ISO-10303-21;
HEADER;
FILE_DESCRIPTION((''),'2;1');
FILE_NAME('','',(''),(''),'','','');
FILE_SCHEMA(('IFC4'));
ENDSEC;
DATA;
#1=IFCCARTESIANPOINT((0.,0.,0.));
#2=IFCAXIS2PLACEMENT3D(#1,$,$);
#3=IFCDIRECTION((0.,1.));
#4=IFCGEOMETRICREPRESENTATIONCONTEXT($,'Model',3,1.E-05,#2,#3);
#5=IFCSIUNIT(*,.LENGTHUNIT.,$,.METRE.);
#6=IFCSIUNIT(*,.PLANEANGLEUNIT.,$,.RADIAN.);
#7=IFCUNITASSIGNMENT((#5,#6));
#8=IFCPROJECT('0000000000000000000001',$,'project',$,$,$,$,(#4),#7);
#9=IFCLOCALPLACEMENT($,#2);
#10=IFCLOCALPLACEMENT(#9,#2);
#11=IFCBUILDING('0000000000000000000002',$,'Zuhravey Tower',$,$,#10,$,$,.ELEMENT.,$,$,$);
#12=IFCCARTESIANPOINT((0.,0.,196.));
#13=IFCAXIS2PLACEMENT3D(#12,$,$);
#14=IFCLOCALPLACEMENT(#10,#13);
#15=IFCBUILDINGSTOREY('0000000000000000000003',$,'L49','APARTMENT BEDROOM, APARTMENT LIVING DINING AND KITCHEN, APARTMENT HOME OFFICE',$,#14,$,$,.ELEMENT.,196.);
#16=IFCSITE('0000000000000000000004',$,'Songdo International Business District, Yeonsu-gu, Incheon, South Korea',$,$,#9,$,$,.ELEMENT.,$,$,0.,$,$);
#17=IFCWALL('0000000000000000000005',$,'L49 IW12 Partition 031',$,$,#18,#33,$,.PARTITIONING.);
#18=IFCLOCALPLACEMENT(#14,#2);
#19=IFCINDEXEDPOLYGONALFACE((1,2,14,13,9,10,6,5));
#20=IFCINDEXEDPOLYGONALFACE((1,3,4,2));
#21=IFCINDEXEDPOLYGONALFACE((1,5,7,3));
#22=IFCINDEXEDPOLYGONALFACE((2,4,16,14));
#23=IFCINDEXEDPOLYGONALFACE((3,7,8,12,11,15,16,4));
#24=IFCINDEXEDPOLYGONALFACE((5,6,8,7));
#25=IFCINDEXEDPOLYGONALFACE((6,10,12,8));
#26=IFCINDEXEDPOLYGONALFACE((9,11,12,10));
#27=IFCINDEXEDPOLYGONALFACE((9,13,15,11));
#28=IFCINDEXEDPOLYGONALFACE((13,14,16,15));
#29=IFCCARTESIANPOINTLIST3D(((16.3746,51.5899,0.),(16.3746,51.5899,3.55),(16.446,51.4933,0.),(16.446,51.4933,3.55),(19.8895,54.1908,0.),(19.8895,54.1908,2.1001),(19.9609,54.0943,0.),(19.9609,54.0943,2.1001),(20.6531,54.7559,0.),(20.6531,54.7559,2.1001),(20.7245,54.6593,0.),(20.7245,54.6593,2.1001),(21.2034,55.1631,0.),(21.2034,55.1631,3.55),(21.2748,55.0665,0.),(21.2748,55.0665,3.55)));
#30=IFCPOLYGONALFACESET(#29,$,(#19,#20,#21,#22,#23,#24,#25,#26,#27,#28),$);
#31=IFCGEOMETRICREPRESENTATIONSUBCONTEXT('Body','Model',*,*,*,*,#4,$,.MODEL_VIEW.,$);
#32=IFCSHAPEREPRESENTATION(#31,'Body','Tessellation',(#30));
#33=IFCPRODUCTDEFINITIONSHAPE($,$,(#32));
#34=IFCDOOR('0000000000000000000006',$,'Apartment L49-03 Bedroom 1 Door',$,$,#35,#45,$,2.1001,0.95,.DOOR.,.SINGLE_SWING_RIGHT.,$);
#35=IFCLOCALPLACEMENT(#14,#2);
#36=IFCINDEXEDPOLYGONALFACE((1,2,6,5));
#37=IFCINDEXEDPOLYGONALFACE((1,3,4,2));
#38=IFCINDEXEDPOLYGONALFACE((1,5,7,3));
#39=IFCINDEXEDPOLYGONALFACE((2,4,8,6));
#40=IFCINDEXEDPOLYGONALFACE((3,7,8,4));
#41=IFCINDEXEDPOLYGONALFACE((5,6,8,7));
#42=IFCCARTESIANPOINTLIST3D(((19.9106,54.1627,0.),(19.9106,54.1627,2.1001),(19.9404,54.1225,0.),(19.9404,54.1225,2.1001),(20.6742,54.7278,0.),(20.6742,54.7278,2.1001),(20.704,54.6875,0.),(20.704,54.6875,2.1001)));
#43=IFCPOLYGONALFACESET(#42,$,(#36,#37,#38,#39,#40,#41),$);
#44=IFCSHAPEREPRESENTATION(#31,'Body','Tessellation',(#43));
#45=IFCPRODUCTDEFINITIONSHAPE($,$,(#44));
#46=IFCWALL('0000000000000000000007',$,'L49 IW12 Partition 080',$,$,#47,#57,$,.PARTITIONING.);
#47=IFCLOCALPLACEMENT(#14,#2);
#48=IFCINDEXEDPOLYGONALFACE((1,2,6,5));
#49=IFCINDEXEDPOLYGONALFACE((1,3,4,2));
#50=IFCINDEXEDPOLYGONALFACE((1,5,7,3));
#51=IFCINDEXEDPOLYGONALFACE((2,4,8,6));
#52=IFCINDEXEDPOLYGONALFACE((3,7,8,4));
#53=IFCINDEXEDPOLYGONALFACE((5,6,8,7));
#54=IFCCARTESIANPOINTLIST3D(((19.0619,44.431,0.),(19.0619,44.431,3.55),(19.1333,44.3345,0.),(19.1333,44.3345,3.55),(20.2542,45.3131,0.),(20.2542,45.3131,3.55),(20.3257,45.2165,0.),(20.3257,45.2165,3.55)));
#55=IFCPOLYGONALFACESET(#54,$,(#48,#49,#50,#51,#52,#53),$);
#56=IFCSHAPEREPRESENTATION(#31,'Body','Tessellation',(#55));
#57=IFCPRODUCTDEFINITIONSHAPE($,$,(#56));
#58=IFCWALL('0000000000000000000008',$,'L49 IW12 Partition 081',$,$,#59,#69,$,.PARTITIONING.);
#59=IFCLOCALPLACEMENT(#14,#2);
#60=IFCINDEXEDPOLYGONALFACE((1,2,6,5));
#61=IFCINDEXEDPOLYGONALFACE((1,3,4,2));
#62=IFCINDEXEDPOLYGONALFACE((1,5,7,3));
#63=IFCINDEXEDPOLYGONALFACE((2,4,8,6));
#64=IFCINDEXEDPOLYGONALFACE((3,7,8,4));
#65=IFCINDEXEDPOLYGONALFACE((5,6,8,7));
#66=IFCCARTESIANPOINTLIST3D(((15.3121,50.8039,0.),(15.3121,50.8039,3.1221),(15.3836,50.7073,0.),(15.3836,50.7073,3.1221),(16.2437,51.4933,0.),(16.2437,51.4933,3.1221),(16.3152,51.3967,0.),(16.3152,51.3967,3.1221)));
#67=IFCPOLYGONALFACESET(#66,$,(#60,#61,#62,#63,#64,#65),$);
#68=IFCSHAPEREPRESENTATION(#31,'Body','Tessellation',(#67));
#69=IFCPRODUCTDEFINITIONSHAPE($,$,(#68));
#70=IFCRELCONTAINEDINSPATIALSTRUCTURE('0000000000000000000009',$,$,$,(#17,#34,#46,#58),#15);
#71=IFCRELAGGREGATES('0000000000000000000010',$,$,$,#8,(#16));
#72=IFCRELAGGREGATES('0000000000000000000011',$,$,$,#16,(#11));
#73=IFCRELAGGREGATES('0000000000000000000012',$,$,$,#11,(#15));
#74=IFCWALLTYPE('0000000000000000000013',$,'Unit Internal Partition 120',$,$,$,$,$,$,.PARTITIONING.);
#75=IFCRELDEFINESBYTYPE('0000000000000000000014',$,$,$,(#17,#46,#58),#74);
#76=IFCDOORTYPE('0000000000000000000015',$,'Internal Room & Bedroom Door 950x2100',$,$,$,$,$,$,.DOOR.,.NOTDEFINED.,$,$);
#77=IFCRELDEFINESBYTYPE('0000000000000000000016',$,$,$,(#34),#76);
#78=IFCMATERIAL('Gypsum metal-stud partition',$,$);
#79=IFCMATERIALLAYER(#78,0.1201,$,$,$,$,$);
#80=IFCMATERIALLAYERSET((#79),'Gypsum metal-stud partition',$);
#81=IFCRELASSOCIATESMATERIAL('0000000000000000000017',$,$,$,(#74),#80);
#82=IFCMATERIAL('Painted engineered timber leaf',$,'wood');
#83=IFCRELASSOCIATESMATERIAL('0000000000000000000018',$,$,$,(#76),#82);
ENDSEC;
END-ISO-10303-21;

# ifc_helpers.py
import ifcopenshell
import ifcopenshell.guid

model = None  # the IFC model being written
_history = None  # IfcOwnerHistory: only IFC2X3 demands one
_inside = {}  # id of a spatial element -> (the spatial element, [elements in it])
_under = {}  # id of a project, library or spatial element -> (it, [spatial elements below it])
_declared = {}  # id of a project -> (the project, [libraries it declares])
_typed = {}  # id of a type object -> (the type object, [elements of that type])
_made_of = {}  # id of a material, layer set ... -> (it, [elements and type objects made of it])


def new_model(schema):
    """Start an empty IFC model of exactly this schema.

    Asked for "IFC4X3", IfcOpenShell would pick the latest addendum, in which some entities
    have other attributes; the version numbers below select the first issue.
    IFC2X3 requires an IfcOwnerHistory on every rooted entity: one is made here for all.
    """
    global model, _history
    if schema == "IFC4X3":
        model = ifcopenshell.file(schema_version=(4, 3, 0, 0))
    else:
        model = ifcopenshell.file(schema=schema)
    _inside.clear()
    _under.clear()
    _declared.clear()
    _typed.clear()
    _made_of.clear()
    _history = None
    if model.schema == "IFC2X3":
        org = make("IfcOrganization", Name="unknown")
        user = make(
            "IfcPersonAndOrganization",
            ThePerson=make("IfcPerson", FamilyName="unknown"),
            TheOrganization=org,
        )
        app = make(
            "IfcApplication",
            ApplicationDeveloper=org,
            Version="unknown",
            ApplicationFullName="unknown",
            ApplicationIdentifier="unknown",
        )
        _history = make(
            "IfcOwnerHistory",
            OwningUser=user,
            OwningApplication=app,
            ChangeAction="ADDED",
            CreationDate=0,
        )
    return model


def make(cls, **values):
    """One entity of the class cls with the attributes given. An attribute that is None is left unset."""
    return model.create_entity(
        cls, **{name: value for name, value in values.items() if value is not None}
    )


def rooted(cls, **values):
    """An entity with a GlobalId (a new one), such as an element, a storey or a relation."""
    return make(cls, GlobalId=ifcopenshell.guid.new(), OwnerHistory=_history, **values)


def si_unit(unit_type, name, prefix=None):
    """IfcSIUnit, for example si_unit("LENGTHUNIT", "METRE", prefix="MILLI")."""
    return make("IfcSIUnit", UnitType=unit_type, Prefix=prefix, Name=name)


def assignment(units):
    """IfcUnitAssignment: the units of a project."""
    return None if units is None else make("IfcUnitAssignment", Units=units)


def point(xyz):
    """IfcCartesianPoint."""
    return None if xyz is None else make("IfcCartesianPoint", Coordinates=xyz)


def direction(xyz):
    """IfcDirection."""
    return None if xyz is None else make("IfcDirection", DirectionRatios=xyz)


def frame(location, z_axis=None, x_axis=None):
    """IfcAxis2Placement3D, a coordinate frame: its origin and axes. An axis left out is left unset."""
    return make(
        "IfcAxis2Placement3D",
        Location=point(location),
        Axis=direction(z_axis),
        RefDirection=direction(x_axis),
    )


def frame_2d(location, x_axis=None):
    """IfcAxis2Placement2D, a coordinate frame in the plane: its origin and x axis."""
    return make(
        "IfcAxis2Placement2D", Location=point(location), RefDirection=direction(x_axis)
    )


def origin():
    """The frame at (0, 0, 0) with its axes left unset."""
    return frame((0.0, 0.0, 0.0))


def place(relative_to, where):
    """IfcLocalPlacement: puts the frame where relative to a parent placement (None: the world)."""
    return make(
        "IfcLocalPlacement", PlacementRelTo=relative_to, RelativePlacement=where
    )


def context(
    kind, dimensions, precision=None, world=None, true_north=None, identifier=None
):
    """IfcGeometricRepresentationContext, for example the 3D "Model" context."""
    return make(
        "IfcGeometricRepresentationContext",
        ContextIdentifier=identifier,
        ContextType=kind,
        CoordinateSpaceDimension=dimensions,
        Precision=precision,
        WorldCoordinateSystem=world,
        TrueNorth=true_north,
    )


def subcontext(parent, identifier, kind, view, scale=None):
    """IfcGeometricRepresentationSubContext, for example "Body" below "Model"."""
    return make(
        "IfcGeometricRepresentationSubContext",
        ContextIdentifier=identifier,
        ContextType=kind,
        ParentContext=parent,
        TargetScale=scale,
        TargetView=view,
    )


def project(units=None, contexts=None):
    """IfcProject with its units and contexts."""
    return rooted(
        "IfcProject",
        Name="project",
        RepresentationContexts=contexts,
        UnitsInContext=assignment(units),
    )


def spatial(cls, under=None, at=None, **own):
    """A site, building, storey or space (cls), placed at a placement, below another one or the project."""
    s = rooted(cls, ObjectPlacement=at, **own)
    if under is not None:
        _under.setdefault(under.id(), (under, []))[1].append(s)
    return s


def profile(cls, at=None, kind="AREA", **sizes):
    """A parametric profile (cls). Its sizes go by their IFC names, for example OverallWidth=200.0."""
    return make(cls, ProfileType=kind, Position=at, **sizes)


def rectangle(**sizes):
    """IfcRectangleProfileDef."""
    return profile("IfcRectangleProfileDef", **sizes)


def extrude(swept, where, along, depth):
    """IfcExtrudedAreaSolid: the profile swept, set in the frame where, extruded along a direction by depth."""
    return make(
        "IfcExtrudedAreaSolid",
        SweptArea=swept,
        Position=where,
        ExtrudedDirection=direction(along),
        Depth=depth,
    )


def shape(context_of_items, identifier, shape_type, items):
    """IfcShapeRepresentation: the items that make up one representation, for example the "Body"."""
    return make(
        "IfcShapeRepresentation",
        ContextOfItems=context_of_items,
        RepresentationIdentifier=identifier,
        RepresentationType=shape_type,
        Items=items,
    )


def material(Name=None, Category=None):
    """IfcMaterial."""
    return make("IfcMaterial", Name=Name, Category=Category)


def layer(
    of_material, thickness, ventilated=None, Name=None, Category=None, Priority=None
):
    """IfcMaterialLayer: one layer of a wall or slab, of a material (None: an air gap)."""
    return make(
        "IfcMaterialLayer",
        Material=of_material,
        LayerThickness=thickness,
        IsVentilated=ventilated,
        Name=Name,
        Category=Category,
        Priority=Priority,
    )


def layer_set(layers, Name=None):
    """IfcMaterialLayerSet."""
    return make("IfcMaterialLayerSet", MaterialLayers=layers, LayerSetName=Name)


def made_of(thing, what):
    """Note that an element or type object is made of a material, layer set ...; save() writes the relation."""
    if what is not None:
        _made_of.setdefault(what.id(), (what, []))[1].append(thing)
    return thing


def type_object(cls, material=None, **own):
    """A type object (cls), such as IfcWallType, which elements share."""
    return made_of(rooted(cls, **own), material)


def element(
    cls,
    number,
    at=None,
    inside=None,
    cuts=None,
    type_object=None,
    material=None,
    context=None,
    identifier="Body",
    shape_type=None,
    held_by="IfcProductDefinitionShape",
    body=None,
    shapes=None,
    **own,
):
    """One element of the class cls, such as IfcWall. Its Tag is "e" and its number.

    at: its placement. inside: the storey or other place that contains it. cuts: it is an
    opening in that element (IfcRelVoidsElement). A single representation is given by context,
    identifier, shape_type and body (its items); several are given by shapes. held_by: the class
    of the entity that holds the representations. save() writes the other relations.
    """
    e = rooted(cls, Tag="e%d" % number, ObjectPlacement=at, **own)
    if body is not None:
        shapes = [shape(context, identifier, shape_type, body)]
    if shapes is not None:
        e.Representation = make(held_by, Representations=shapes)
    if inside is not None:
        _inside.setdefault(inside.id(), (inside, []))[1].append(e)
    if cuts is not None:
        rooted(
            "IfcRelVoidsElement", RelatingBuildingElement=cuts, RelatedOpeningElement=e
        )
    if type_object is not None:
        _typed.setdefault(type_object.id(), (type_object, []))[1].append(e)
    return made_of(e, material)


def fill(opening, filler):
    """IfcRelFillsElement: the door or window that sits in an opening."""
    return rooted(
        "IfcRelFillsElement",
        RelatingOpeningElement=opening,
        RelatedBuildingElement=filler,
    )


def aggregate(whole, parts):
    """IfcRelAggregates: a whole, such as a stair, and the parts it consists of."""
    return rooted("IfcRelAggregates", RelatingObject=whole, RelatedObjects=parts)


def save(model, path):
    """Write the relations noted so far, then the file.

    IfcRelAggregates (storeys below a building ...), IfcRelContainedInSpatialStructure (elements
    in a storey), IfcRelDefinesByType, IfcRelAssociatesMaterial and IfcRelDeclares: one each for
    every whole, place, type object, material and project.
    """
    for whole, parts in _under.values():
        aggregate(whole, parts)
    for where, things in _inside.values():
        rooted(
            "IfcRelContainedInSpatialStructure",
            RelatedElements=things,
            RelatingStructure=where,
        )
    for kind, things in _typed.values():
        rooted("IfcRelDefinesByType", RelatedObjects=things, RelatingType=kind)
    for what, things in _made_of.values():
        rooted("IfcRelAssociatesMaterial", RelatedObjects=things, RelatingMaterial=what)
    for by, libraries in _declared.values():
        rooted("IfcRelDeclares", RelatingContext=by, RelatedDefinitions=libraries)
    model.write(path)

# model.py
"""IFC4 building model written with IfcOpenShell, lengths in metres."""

from ifc_helpers import new_model, si_unit, direction, frame, frame_2d, origin, place, context, subcontext, project, spatial, rectangle, extrude, material, layer, layer_set, type_object, element, fill, save


model = new_model("IFC4")

# Units and contexts
model_context = context("Model", 3, precision=1e-05, world=origin(), true_north=direction((0.0, 1.0)))
body_context = subcontext(model_context, "Body", "Model", "MODEL_VIEW")
ifc_project = project(units=[si_unit("LENGTHUNIT", "METRE"), si_unit("PLANEANGLEUNIT", "RADIAN")], contexts=[model_context])

# Site, building, storey
site_placement = place(None, origin())
site = spatial("IfcSite", under=ifc_project, at=site_placement, Name="Songdo International Business District, Yeonsu-gu, Incheon, South Korea", CompositionType="ELEMENT", RefElevation=0.0)
building_placement = place(site_placement, origin())
building = spatial("IfcBuilding", under=site, at=building_placement, Name="Zuhravey Tower", CompositionType="ELEMENT")
storey_placement = place(building_placement, frame((0.0, 0.0, 196.0)))
storey = spatial("IfcBuildingStorey", under=building, at=storey_placement, Name="L49", Description="APARTMENT BEDROOM, APARTMENT LIVING DINING AND KITCHEN, APARTMENT HOME OFFICE", CompositionType="ELEMENT", Elevation=196.0)

# Wall, opening, door
ifc_material_1 = material(Name="Gypsum metal-stud partition")
ifc_layer_1 = layer(ifc_material_1, 0.1201)
ifc_layer_set_1 = layer_set([ifc_layer_1], Name="Gypsum metal-stud partition")
wall_type_1 = type_object("IfcWallType", Name="Unit Internal Partition 120", PredefinedType="PARTITIONING", material=ifc_layer_set_1)
wall_1_placement = place(storey_placement, frame((21.239, 55.1147, 0.0), z_axis=(0.0, 0.0, 1.0), x_axis=(-0.803851, -0.594831, 0.0)))
wall_1 = element("IfcWall", 1, at=wall_1_placement, inside=storey, type_object=wall_type_1, Name="L49 IW12 Partition 031", PredefinedType="PARTITIONING", context=body_context, shape_type="SweptSolid", body=[
    extrude(rectangle(XDim=6.0071, YDim=0.1201, at=frame_2d((3.0034, 0.0))), origin(), (0.0, 0.0, 1.0), 3.55),
])
opening_placement = place(wall_1_placement, frame((0.6843, 0.0, 0.0)))
opening = element("IfcOpeningElement", 2, at=opening_placement, cuts=wall_1, PredefinedType="OPENING", context=body_context, shape_type="SweptSolid", body=[
    extrude(rectangle(XDim=0.95, YDim=2.1001, at=frame_2d((0.4751, 1.05))), frame((0.0, 0.072, 0.0), z_axis=(0.0, -1.0, 0.0), x_axis=(1.0, 0.0, 0.0)), (0.0, 0.0, 1.0), 0.144),
])
ifc_material_2 = material(Name="Painted engineered timber leaf", Category="wood")
door_type = type_object("IfcDoorType", Name="Internal Room & Bedroom Door 950x2100", OperationType="NOTDEFINED", PredefinedType="DOOR", material=ifc_material_2)
door_placement = place(opening_placement, frame((0.95, 0.0, 0.0), z_axis=(0.0, 0.0, 1.0), x_axis=(-1.0, 0.0, 0.0)))
door = element("IfcDoor", 3, at=door_placement, inside=storey, type_object=door_type, Name="Apartment L49-03 Bedroom 1 Door", OperationType="SINGLE_SWING_RIGHT", OverallHeight=2.1001, OverallWidth=0.95, PredefinedType="DOOR", context=body_context, shape_type="SweptSolid", body=[
    extrude(rectangle(XDim=0.95, YDim=2.1001, at=frame_2d((0.4751, 1.05))), frame((0.0, 0.0249, 0.0), z_axis=(0.0, -1.0, 0.0), x_axis=(1.0, 0.0, 0.0)), (0.0, 0.0, 1.0), 0.05),
])
fill(opening, door)

# Walls
wall_2_placement = place(storey_placement, frame((20.29, 45.2649, 0.0), z_axis=(0.0, 0.0, 1.0), x_axis=(-0.803933, -0.59472, 0.0)))
element("IfcWall", 4, at=wall_2_placement, inside=storey, type_object=wall_type_1, Name="L49 IW12 Partition 080", PredefinedType="PARTITIONING", context=body_context, shape_type="SweptSolid", body=[
    extrude(rectangle(XDim=1.4832, YDim=0.1201, at=frame_2d((0.7417, 0.0))), origin(), (0.0, 0.0, 1.0), 3.55),
])
wall_3_placement = place(storey_placement, frame((16.2795, 51.4451, 0.0), z_axis=(0.0, 0.0, 1.0), x_axis=(-0.803826, -0.594865, 0.0)))
element("IfcWall", 5, at=wall_3_placement, inside=storey, type_object=wall_type_1, Name="L49 IW12 Partition 081", PredefinedType="PARTITIONING", context=body_context, shape_type="SweptSolid", body=[
    extrude(rectangle(XDim=1.1589, YDim=0.1201, at=frame_2d((0.5796, 0.0))), origin(), (0.0, 0.0, 1.0), 3.1221),
])

save(model, "model.ifc")
